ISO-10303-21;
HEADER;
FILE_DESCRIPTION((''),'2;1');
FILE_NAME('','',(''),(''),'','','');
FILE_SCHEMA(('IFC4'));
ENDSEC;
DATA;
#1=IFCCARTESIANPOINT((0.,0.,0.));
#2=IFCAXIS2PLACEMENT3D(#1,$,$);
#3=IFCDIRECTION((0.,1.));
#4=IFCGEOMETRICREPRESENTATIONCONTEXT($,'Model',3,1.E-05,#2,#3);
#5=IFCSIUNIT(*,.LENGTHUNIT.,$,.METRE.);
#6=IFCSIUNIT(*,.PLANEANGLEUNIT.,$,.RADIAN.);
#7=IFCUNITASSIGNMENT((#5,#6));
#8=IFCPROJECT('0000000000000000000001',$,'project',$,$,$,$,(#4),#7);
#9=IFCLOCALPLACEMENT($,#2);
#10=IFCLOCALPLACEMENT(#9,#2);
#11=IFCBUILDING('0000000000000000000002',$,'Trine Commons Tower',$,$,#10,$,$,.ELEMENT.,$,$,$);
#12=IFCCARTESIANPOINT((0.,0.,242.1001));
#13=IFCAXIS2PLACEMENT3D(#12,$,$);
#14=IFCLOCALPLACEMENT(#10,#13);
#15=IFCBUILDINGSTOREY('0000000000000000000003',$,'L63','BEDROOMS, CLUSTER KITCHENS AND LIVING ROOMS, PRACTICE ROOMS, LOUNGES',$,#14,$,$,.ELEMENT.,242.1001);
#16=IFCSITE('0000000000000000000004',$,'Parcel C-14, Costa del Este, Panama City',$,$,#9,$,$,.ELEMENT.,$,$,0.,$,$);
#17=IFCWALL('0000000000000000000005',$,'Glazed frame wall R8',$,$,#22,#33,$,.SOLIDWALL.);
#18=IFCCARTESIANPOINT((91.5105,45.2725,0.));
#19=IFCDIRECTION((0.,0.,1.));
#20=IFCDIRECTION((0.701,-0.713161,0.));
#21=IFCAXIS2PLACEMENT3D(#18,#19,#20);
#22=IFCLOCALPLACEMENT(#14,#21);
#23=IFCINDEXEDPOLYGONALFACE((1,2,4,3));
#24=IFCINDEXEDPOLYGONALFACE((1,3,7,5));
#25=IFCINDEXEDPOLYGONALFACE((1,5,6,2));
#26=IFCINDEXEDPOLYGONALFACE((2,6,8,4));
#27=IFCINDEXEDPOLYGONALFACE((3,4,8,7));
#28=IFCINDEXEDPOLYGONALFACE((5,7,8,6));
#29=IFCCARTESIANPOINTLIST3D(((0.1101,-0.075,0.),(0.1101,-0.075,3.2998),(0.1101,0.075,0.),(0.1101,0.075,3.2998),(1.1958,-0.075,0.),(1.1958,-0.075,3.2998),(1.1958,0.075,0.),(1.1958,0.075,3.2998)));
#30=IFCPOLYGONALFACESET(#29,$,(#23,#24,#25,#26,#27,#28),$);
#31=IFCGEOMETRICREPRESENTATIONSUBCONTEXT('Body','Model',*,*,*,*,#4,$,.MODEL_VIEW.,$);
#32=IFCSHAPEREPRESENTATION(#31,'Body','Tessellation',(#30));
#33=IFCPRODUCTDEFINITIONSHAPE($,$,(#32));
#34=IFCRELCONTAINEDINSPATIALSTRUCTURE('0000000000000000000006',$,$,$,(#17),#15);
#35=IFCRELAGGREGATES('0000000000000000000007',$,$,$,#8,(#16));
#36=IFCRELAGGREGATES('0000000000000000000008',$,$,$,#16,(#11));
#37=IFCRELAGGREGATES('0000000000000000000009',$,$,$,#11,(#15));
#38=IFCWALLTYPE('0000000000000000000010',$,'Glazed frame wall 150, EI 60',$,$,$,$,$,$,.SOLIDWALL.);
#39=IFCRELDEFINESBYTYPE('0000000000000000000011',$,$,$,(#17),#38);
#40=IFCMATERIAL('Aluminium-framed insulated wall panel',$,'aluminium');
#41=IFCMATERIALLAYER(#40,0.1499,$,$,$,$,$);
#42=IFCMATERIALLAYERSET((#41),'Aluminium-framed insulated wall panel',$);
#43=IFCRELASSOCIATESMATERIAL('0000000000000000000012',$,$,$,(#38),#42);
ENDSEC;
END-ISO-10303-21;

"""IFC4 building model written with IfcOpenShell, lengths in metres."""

from ifc_helpers import new_model, si_unit, direction, frame, origin, place, context, subcontext, project, spatial, polyline, outline, extrude, material, layer, layer_set, type_object, element, save


model = new_model("IFC4")

# Units and contexts
model_context = context("Model", 3, precision=1e-05, world=origin(), true_north=direction((0.0, 1.0)))
body_context = subcontext(model_context, "Body", "Model", "MODEL_VIEW")
ifc_project = project(units=[si_unit("LENGTHUNIT", "METRE"), si_unit("PLANEANGLEUNIT", "RADIAN")], contexts=[model_context])

# Site, building, storey
site_placement = place(None, origin())
site = spatial("IfcSite", under=ifc_project, at=site_placement, Name="Parcel C-14, Costa del Este, Panama City", CompositionType="ELEMENT", RefElevation=0.0)
building_placement = place(site_placement, origin())
building = spatial("IfcBuilding", under=site, at=building_placement, Name="Trine Commons Tower", CompositionType="ELEMENT")
storey_placement = place(building_placement, frame((0.0, 0.0, 242.1001)))
storey = spatial("IfcBuildingStorey", under=building, at=storey_placement, Name="L63", Description="BEDROOMS, CLUSTER KITCHENS AND LIVING ROOMS, PRACTICE ROOMS, LOUNGES", CompositionType="ELEMENT", Elevation=242.1001)

# Wall
ifc_material_1 = material(Name="Aluminium-framed insulated wall panel", Category="aluminium")
ifc_layer_1 = layer(ifc_material_1, 0.1499)
ifc_layer_set_1 = layer_set([ifc_layer_1], Name="Aluminium-framed insulated wall panel")
wall_type_1 = type_object("IfcWallType", Name="Glazed frame wall 150, EI 60", PredefinedType="SOLIDWALL", material=ifc_layer_set_1)
wall_1_placement = place(storey_placement, frame((91.5105, 45.2725, 0.0), z_axis=(0.0, 0.0, 1.0), x_axis=(0.701, -0.713161, 0.0)))
element("IfcWall", 1, at=wall_1_placement, inside=storey, type_object=wall_type_1, Name="Glazed frame wall R8", PredefinedType="SOLIDWALL", context=body_context, shape_type="SweptSolid", body=[
    extrude(outline(polyline([(0.1101, 0.075), (0.1101, -0.075), (1.1958, -0.075), (1.1958, 0.075), (0.1101, 0.075)])), origin(), (0.0, 0.0, 1.0), 3.2998),
])

save(model, "model.ifc")
